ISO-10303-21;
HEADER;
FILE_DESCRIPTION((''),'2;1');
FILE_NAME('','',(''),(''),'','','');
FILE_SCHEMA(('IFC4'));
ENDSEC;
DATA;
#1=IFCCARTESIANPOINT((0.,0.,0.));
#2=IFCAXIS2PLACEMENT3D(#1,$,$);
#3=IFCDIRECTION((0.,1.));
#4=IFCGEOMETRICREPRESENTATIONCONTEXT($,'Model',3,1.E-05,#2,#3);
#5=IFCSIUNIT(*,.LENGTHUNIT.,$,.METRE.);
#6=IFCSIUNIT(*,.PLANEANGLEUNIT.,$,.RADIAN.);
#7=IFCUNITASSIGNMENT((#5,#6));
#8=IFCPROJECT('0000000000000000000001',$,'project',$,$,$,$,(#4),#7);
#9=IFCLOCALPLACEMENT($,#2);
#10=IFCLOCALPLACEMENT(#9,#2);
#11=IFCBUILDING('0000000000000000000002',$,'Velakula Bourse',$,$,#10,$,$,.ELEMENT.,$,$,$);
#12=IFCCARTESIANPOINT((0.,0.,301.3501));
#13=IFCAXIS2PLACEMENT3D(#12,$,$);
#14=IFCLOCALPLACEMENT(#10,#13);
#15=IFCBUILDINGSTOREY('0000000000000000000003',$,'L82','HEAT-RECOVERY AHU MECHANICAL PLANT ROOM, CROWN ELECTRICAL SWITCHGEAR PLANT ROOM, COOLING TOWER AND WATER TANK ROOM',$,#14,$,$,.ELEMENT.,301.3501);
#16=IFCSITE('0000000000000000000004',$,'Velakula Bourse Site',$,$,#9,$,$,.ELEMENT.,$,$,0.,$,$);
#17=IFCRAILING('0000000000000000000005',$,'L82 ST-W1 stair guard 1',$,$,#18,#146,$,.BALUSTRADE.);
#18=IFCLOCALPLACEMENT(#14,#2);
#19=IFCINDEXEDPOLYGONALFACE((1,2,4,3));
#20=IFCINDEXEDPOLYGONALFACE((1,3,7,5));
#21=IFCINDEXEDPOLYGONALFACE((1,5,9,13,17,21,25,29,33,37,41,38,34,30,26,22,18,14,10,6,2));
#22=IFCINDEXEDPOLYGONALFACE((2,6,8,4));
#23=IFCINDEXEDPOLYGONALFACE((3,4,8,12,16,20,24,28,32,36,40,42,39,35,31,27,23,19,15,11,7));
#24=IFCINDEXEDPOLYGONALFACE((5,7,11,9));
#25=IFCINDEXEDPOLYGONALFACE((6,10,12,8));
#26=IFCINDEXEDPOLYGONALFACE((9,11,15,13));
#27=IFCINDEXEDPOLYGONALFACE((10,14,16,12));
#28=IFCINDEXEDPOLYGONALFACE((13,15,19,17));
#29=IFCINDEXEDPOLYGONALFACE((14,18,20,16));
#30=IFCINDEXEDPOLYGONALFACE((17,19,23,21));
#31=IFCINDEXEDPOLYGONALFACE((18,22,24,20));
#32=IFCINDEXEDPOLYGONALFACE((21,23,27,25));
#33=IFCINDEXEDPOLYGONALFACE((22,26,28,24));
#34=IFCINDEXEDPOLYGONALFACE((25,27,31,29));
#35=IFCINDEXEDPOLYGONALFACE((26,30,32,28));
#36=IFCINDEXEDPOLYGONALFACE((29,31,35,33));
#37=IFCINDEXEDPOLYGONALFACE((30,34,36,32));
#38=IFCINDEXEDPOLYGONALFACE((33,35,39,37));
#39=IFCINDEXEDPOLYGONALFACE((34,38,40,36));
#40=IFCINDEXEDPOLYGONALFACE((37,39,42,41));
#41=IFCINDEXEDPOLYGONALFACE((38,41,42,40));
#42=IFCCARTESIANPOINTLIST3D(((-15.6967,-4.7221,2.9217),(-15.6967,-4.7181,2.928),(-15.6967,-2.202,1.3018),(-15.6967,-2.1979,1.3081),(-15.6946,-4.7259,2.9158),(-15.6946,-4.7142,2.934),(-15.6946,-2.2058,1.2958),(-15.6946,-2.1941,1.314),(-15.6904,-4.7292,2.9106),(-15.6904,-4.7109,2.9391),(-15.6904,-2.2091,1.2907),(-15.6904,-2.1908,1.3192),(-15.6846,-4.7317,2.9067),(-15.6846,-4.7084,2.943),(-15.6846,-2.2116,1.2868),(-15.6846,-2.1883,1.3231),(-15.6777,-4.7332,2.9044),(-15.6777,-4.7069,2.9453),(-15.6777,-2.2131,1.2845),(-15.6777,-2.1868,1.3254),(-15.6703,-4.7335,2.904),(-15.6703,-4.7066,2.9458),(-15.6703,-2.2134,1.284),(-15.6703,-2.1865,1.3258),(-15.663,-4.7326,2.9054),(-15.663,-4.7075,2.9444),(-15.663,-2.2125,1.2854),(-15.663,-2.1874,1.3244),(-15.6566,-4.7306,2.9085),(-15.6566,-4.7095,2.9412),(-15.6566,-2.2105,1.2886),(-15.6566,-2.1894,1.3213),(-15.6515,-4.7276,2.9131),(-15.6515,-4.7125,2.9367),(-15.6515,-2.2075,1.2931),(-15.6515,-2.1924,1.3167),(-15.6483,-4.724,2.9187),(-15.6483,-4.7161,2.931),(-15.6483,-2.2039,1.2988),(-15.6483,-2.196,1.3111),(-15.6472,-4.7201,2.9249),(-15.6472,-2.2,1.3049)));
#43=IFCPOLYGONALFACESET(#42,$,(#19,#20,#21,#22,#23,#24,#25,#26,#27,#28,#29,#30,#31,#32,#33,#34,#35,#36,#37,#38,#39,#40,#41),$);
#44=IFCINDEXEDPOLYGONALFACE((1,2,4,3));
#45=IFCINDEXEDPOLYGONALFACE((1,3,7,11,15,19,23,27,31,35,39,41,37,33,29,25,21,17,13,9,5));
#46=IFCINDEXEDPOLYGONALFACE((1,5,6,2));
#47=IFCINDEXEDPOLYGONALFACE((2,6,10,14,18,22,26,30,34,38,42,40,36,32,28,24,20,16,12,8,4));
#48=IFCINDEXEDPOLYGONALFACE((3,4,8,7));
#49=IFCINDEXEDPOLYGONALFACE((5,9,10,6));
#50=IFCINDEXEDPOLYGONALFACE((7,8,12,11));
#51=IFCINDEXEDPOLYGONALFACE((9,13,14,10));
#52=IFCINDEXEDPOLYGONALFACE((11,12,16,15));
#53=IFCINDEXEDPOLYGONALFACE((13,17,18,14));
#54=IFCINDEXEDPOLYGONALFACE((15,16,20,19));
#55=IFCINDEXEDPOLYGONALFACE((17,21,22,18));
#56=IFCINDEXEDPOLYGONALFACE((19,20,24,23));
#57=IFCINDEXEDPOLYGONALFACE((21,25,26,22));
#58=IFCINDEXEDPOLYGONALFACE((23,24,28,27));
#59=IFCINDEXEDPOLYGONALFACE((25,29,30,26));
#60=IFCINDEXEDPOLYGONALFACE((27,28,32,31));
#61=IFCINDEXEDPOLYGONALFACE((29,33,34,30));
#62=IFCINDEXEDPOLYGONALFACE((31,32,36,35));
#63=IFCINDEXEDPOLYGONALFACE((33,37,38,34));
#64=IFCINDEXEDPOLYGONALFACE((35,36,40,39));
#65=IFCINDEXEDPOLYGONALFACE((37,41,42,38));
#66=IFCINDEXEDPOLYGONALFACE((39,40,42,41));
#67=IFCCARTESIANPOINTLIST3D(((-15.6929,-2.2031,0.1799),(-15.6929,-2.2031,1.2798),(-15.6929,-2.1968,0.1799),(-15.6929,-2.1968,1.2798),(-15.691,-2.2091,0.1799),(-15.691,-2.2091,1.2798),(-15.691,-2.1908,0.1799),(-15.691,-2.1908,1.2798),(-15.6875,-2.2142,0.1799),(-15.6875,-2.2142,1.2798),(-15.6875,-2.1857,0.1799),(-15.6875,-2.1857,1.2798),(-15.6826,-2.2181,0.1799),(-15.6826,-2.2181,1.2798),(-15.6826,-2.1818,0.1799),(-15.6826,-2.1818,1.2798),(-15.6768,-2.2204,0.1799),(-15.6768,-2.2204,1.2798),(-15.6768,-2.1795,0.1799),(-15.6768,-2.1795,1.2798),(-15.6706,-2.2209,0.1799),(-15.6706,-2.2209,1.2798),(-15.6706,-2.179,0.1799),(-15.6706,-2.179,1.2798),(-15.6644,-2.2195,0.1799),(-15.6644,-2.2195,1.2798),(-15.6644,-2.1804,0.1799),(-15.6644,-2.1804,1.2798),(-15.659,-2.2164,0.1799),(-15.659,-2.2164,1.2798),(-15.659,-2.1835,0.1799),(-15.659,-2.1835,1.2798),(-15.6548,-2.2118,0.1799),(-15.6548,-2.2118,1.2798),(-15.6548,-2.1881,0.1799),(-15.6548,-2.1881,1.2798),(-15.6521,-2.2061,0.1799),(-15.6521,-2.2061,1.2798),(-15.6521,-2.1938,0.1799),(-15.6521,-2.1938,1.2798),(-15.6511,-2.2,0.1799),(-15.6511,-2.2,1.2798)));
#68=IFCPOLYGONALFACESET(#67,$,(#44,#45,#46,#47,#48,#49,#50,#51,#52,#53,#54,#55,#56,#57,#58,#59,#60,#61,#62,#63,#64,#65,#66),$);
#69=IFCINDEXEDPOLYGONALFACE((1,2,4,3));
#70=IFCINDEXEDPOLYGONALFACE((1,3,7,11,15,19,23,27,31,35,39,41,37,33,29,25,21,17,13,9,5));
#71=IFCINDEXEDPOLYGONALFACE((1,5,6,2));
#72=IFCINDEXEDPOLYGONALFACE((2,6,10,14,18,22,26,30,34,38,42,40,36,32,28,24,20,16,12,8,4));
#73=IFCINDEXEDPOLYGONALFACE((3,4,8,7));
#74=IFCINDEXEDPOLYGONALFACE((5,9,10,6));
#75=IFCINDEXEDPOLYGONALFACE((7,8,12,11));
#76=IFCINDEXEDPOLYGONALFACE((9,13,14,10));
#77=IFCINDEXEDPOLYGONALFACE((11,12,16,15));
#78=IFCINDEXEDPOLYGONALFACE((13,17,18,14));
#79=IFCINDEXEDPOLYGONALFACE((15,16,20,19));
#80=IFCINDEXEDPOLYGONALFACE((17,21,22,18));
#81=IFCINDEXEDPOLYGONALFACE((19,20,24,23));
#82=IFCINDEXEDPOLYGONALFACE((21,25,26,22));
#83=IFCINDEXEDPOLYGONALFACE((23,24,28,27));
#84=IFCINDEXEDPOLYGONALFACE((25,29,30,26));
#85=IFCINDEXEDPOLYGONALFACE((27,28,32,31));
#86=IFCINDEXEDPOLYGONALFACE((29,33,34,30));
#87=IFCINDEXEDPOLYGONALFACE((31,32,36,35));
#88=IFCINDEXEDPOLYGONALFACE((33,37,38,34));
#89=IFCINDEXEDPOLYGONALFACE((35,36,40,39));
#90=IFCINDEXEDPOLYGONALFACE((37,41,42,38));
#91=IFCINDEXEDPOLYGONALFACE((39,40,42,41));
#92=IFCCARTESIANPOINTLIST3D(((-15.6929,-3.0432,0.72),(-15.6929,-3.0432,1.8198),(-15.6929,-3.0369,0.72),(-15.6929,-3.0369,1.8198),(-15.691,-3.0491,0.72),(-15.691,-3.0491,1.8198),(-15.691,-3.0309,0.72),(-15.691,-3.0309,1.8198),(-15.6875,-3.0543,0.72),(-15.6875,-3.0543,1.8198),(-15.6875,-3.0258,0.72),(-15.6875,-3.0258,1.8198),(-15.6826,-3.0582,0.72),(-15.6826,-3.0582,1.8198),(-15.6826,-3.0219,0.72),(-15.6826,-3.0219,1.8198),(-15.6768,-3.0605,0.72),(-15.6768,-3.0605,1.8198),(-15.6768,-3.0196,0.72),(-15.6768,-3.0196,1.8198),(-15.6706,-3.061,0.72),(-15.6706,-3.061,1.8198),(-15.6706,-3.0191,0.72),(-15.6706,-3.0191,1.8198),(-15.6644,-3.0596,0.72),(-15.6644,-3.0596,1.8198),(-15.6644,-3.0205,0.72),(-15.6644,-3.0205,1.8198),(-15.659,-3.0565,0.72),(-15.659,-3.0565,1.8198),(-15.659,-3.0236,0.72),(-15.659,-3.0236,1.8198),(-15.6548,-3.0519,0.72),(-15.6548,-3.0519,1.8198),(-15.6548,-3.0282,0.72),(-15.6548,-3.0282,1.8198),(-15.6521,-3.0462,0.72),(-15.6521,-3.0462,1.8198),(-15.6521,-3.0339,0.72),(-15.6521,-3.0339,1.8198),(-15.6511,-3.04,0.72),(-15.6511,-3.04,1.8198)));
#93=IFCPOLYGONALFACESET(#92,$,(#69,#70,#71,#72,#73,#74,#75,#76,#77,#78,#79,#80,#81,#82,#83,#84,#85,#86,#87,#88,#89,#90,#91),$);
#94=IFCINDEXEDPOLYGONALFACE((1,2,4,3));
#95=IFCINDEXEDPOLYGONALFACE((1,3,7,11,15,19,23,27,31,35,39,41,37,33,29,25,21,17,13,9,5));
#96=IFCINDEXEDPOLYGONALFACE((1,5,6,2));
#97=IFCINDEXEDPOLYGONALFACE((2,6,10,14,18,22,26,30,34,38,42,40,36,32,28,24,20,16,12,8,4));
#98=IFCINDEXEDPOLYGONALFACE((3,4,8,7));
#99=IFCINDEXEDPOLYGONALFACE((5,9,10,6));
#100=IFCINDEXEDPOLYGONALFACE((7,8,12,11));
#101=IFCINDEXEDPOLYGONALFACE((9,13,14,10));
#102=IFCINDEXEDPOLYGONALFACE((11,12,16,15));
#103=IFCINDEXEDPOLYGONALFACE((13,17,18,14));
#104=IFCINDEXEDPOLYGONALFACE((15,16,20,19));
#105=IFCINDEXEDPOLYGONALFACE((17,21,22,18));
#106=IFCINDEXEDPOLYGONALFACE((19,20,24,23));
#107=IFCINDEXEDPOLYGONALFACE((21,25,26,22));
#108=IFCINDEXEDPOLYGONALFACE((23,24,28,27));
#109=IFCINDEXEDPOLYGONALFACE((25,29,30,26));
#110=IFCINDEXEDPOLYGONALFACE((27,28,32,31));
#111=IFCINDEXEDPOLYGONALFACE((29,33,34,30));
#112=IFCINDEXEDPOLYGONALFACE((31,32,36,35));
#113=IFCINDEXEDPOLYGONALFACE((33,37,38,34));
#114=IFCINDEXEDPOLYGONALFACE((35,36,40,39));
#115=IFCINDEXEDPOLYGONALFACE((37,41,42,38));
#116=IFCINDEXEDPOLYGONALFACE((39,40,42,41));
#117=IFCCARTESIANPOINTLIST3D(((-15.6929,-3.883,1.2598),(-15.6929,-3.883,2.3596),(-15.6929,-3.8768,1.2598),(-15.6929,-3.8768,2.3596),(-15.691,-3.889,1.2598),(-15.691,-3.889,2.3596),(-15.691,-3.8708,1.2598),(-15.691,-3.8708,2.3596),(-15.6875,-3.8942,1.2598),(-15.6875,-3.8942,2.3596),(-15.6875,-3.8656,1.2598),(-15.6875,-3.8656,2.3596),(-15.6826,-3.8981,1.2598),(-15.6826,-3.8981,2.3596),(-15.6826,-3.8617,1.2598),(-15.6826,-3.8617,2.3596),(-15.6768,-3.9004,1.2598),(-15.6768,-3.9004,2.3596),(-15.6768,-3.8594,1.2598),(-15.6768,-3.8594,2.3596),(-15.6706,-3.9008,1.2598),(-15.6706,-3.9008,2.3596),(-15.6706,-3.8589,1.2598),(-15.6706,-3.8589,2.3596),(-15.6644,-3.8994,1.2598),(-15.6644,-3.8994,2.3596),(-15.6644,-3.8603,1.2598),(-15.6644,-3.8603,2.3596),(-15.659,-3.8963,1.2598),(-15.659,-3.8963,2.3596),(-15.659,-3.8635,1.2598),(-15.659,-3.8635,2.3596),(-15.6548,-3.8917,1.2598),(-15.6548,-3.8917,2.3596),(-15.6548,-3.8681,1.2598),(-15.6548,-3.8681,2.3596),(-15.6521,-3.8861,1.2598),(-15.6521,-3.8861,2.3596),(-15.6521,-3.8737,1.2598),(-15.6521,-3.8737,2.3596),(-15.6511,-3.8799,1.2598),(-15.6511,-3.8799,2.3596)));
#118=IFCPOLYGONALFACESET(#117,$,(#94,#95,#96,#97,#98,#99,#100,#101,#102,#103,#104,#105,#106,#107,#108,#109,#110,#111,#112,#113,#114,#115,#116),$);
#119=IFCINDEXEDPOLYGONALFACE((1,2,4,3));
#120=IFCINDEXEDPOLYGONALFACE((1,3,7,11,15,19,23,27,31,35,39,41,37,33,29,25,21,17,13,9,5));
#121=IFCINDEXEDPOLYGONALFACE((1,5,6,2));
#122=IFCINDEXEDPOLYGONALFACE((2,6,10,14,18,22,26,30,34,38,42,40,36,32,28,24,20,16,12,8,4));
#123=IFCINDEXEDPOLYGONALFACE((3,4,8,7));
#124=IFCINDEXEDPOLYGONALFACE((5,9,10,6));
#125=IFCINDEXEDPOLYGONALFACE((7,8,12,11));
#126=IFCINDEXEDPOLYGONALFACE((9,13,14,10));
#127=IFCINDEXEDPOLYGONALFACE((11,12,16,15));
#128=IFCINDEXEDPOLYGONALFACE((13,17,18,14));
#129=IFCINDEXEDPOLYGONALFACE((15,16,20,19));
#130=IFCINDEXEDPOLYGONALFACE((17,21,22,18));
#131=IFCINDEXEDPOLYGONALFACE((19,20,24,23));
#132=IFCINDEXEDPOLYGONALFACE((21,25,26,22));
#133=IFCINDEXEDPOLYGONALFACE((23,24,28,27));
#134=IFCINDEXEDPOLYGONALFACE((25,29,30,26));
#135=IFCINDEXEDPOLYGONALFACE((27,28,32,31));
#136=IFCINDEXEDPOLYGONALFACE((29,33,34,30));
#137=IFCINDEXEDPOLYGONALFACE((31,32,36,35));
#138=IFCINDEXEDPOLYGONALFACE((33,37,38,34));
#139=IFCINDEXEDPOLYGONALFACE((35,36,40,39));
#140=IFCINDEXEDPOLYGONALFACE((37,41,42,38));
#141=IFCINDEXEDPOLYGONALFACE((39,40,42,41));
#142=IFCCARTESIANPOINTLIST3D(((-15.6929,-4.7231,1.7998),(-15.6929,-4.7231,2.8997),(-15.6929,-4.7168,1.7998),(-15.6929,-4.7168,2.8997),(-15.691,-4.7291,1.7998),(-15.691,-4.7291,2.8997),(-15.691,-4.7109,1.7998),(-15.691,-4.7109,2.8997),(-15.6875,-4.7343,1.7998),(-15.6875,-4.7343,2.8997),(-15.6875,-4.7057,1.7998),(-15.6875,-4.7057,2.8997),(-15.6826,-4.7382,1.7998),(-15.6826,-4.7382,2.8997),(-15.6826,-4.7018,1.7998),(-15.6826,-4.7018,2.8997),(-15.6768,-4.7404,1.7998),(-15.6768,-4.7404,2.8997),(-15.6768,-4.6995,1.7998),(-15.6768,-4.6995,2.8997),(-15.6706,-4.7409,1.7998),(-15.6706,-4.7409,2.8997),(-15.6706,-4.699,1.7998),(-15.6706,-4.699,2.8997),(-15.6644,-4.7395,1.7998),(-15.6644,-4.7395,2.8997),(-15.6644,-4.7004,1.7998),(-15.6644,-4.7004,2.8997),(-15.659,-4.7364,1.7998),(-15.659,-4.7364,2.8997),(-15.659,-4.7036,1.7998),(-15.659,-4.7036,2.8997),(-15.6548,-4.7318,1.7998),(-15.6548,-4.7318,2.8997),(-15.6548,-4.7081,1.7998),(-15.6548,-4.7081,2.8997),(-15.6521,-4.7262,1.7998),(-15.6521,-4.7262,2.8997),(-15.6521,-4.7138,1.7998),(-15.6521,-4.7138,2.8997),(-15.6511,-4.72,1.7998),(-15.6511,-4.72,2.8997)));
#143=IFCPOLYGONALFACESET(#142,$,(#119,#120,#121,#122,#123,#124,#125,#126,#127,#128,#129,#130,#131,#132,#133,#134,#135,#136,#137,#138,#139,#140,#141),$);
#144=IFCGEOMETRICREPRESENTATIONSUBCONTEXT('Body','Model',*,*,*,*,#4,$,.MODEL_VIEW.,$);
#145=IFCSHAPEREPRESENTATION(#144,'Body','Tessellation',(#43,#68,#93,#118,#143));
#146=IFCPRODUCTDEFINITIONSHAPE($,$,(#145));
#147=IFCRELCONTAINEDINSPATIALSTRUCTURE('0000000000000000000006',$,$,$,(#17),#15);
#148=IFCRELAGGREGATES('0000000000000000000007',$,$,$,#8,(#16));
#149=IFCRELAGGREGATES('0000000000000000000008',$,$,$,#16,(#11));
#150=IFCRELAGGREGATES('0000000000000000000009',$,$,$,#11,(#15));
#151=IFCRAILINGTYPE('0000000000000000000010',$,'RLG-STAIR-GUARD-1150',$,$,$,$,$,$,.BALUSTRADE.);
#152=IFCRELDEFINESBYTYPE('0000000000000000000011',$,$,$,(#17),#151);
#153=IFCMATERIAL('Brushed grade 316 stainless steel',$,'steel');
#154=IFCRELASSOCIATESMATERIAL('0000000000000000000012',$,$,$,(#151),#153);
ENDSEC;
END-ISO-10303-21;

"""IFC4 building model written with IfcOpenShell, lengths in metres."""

from ifc_helpers import new_model, si_unit, direction, frame, origin, origin_2d, place, context, subcontext, project, spatial, circle, extrude, material, type_object, element, save


model = new_model("IFC4")

# Units and contexts
model_context = context("Model", 3, precision=1e-05, world=origin(), true_north=direction((0.0, 1.0)))
body_context = subcontext(model_context, "Body", "Model", "MODEL_VIEW")
ifc_project = project(units=[si_unit("LENGTHUNIT", "METRE"), si_unit("PLANEANGLEUNIT", "RADIAN")], contexts=[model_context])

# Site, building, storey
site_placement = place(None, origin())
site = spatial("IfcSite", under=ifc_project, at=site_placement, Name="Velakula Bourse Site", CompositionType="ELEMENT", RefElevation=0.0)
building_placement = place(site_placement, origin())
building = spatial("IfcBuilding", under=site, at=building_placement, Name="Velakula Bourse", CompositionType="ELEMENT")
storey_placement = place(building_placement, frame((0.0, 0.0, 301.3501)))
storey = spatial("IfcBuildingStorey", under=building, at=storey_placement, Name="L82", Description="HEAT-RECOVERY AHU MECHANICAL PLANT ROOM, CROWN ELECTRICAL SWITCHGEAR PLANT ROOM, COOLING TOWER AND WATER TANK ROOM", CompositionType="ELEMENT", Elevation=301.3501)

# Railing
ifc_material_1 = material(Name="Brushed grade 316 stainless steel", Category="steel")
railing_type = type_object("IfcRailingType", Name="RLG-STAIR-GUARD-1150", PredefinedType="BALUSTRADE", material=ifc_material_1)
railing_1_placement = place(storey_placement, frame((-15.6721, -2.2, 0.1799)))
element("IfcRailing", 1, at=railing_1_placement, inside=storey, type_object=railing_type, Name="L82 ST-W1 stair guard 1", PredefinedType="BALUSTRADE", context=body_context, shape_type="SweptSolid", body=[
    extrude(circle(Radius=0.0249, at=origin_2d()), frame((0.0, 0.0, 1.125), z_axis=(0.0, -0.8412, 0.540725), x_axis=(1.0, 0.0, 0.0)), (0.0, 0.0, 1.0), 2.9958),
    extrude(circle(Radius=0.021, at=origin_2d()), origin(), (0.0, 0.0, 1.0), 1.0999),
    extrude(circle(Radius=0.021, at=origin_2d()), frame((0.0, -0.8401, 0.54)), (0.0, 0.0, 1.0), 1.0999),
    extrude(circle(Radius=0.021, at=origin_2d()), frame((0.0, -1.6799, 1.0798)), (0.0, 0.0, 1.0), 1.0999),
    extrude(circle(Radius=0.021, at=origin_2d()), frame((0.0, -2.52, 1.6199)), (0.0, 0.0, 1.0), 1.0999),
])

save(model, "model.ifc")
